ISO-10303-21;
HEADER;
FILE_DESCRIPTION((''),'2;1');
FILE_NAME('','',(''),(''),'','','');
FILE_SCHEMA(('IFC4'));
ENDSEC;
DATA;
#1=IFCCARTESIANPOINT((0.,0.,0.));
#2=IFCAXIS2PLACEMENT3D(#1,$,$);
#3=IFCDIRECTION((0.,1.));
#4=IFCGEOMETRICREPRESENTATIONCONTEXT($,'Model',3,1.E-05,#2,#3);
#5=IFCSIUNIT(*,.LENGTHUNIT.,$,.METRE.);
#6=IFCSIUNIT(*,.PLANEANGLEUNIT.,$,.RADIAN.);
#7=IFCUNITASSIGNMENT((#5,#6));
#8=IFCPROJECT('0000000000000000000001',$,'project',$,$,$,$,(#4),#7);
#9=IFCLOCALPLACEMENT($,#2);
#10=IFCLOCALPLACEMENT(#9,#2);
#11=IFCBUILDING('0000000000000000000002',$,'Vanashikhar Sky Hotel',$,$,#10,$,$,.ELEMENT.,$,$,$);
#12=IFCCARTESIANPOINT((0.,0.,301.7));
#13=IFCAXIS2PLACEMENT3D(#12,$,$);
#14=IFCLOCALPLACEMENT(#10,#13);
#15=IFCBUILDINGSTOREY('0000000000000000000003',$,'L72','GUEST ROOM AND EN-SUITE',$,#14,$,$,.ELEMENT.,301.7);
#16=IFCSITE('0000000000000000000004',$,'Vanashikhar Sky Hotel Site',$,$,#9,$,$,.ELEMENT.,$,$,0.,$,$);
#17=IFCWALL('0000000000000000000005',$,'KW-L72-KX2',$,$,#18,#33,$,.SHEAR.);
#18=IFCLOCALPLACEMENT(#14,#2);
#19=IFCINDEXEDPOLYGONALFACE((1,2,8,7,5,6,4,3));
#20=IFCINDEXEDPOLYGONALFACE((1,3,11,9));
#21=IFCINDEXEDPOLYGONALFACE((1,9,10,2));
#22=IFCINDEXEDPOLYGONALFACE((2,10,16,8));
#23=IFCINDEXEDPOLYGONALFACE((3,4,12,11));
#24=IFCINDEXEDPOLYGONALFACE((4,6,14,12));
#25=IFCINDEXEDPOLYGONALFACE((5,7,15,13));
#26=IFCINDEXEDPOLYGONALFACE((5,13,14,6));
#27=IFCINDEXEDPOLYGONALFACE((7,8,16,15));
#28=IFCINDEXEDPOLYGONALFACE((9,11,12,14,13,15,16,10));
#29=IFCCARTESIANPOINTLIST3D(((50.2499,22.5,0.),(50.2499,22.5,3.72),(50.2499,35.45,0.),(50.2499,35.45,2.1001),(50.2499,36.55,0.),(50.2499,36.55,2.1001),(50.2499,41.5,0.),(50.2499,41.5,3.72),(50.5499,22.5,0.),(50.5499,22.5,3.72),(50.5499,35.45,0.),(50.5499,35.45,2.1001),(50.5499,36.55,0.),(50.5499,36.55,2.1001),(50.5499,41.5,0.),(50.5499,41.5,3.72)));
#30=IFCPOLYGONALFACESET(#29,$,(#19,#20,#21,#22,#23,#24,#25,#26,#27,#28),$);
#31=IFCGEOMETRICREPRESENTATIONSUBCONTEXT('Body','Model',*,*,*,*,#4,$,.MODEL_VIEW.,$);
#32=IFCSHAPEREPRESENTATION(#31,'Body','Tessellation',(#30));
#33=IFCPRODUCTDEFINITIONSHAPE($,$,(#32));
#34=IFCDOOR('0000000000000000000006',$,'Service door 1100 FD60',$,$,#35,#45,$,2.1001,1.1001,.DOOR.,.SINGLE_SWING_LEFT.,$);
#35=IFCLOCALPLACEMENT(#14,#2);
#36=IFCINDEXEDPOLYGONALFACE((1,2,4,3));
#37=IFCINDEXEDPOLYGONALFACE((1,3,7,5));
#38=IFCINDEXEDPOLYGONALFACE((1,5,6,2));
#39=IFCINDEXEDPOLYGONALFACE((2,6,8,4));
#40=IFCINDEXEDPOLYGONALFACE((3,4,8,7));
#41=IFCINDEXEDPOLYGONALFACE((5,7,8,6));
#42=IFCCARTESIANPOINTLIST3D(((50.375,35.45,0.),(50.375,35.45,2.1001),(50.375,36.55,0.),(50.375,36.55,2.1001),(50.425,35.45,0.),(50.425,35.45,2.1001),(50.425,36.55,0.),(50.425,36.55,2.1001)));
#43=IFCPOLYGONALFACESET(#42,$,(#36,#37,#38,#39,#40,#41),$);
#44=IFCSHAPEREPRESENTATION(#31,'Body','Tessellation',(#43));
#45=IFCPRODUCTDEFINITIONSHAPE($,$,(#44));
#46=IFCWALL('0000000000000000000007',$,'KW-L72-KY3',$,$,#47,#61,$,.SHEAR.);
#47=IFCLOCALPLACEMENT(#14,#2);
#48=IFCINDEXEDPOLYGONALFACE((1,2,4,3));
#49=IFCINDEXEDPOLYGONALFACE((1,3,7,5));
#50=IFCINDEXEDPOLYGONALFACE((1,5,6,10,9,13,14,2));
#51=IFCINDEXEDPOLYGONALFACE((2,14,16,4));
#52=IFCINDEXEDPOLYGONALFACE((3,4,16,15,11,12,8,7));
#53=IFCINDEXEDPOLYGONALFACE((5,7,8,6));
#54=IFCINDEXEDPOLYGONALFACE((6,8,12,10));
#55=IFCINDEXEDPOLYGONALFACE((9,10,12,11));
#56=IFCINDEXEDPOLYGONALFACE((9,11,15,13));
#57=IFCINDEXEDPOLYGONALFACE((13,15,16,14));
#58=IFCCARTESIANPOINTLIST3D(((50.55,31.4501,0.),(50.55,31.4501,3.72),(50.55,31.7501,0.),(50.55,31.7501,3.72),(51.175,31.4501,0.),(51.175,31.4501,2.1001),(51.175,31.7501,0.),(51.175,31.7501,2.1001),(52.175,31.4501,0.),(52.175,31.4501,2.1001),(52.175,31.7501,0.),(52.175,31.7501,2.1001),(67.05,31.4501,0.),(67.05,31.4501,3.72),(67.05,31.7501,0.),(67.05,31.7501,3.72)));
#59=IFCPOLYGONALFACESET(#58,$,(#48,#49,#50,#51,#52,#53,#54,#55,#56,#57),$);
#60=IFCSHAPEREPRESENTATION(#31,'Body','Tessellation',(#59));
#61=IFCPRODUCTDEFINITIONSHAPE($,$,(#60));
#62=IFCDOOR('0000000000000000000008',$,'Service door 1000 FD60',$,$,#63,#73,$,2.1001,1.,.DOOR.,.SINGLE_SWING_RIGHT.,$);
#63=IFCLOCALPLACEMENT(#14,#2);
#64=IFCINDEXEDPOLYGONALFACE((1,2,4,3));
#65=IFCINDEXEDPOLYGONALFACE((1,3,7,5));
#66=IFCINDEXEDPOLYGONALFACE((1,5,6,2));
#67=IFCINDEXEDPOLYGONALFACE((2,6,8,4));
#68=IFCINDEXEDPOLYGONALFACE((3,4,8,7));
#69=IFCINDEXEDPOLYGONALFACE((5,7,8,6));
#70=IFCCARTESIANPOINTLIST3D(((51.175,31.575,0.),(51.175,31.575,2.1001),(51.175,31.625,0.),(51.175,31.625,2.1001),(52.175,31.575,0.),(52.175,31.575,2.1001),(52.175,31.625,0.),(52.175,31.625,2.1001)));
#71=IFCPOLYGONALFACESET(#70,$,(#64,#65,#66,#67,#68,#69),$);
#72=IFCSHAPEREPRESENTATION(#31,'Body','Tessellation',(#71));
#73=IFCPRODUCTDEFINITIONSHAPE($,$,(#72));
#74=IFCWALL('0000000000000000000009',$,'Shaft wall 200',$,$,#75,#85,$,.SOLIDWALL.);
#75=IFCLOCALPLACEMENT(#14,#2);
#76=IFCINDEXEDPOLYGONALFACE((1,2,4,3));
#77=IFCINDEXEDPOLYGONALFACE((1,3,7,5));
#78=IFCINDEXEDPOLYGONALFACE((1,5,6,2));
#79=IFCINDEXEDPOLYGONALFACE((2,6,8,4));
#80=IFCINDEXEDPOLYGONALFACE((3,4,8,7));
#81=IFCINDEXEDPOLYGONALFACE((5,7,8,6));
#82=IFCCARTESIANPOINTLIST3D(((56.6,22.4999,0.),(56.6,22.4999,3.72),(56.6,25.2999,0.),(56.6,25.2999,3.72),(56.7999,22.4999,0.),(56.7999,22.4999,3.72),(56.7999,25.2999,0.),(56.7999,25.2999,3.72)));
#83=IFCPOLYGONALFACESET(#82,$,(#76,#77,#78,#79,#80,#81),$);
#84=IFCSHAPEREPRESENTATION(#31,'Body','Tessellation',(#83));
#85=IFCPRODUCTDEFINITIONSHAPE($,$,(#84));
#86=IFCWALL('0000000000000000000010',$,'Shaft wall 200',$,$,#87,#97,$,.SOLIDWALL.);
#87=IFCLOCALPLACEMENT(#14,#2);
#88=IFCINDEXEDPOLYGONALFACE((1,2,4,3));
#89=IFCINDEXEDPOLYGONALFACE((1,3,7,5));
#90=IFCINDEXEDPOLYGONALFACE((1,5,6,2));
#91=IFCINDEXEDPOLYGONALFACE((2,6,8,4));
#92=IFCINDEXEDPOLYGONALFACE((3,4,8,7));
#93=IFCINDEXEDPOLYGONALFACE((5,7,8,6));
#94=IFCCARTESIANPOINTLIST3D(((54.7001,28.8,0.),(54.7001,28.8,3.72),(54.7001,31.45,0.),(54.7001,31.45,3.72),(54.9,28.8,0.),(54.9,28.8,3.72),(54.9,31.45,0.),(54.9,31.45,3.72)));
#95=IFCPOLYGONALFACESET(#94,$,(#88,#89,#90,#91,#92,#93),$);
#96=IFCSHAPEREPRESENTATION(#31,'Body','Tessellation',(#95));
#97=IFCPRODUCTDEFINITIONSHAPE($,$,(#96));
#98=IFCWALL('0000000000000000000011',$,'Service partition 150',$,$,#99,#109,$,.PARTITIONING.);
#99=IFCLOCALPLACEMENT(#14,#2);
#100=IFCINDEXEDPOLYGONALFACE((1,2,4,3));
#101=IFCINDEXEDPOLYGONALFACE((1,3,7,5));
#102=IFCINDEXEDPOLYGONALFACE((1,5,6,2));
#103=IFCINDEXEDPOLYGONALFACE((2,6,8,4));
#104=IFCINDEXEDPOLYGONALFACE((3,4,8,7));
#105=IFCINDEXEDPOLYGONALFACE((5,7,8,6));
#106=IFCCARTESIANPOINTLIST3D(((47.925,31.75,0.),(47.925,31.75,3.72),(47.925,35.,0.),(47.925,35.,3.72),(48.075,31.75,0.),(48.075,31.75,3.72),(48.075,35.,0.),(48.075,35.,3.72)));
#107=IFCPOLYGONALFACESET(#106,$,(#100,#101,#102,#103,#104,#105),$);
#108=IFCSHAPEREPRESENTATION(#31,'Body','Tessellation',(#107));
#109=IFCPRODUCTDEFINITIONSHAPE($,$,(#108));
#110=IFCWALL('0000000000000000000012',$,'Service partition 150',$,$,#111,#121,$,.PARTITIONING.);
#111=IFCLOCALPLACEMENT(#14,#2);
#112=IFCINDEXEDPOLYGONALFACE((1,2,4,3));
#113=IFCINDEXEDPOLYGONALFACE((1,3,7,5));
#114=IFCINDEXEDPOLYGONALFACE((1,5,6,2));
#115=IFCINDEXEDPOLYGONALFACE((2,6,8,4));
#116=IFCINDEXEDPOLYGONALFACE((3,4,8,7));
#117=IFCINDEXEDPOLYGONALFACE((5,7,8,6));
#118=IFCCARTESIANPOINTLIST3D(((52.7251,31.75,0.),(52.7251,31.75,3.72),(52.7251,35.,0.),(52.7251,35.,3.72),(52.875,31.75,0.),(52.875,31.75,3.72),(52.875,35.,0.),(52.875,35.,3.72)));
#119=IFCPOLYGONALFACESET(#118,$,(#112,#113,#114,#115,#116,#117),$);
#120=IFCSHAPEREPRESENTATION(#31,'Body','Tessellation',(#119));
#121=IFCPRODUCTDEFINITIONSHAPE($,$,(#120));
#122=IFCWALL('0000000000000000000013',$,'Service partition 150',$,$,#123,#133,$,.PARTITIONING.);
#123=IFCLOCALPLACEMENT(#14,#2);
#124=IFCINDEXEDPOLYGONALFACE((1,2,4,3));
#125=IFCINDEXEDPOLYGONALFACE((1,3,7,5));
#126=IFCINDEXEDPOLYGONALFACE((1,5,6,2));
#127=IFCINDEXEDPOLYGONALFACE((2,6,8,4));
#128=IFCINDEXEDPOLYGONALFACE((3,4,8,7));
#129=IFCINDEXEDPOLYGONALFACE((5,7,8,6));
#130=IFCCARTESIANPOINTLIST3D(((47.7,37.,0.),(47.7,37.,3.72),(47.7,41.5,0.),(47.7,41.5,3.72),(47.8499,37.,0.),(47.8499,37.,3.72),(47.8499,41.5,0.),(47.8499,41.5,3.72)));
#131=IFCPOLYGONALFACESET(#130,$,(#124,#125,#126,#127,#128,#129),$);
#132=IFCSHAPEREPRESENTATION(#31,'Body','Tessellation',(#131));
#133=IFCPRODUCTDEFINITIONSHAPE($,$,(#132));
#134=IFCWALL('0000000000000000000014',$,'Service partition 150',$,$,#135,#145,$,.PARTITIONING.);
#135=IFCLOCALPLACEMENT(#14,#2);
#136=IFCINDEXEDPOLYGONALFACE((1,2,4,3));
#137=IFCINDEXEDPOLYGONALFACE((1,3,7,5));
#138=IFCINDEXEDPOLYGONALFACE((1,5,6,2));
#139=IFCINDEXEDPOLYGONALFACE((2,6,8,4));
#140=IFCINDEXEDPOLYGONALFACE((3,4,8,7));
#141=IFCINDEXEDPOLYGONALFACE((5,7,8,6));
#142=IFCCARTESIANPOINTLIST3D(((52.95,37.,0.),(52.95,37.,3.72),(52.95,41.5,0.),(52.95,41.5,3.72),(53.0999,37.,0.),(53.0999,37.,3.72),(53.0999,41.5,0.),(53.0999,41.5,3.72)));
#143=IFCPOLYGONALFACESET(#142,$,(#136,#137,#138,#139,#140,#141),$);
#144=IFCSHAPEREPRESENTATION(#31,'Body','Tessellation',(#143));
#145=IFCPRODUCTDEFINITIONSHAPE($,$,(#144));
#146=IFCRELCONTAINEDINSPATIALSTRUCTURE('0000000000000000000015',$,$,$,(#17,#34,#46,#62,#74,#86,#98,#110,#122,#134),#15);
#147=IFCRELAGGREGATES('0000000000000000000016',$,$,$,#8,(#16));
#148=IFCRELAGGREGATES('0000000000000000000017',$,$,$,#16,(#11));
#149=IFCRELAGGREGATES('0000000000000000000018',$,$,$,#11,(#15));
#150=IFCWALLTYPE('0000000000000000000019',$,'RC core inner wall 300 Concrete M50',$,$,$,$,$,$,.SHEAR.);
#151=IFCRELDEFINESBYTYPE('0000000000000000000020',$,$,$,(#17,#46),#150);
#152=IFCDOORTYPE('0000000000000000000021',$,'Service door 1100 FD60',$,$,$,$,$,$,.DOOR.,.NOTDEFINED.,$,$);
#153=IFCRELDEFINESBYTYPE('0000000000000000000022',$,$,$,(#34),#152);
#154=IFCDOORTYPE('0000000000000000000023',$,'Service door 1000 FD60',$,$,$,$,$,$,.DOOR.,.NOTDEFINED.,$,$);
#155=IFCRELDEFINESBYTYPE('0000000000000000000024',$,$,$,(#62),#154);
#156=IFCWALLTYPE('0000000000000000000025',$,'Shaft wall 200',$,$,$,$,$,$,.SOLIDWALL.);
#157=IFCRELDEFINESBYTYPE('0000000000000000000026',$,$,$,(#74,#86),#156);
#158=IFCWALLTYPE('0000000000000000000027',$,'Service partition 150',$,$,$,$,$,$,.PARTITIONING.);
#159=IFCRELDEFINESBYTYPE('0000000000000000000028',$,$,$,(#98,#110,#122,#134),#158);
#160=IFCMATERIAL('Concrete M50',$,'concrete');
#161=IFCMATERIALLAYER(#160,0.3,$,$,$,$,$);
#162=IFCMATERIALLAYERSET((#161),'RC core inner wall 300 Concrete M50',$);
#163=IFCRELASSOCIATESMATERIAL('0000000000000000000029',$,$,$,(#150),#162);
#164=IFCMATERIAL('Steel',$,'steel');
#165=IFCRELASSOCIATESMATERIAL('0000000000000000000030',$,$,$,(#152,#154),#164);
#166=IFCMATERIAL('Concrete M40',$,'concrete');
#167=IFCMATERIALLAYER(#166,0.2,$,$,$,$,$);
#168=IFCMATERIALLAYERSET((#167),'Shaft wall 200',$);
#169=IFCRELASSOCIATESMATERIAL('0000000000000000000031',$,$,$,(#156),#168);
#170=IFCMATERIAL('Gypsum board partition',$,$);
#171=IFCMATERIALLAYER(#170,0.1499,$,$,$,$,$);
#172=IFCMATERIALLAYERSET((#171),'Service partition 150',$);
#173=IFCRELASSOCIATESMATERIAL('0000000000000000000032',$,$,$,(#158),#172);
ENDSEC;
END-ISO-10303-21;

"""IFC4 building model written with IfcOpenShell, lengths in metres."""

from ifc_helpers import new_model, si_unit, direction, frame, frame_2d, origin, place, context, subcontext, project, spatial, rectangle, extrude, source, transform, mapped, material, layer, layer_set, type_object, element, fill, save


model = new_model("IFC4")

# Units and contexts
model_context = context("Model", 3, precision=1e-05, world=origin(), true_north=direction((0.0, 1.0)))
body_context = subcontext(model_context, "Body", "Model", "MODEL_VIEW")
ifc_project = project(units=[si_unit("LENGTHUNIT", "METRE"), si_unit("PLANEANGLEUNIT", "RADIAN")], contexts=[model_context])

# Site, building, storey
site_placement = place(None, origin())
site = spatial("IfcSite", under=ifc_project, at=site_placement, Name="Vanashikhar Sky Hotel Site", CompositionType="ELEMENT", RefElevation=0.0)
building_placement = place(site_placement, origin())
building = spatial("IfcBuilding", under=site, at=building_placement, Name="Vanashikhar Sky Hotel", CompositionType="ELEMENT")
storey_placement = place(building_placement, frame((0.0, 0.0, 301.7)))
storey = spatial("IfcBuildingStorey", under=building, at=storey_placement, Name="L72", Description="GUEST ROOM AND EN-SUITE", CompositionType="ELEMENT", Elevation=301.7)

# Walls, openings, doors
ifc_material_1 = material(Name="Concrete M50", Category="concrete")
ifc_layer_1 = layer(ifc_material_1, 0.3)
ifc_layer_set_1 = layer_set([ifc_layer_1], Name="RC core inner wall 300 Concrete M50")
wall_type_1 = type_object("IfcWallType", Name="RC core inner wall 300 Concrete M50", PredefinedType="SHEAR", material=ifc_layer_set_1)
shared_shape_1 = source(origin(), body_context, "Body", "SweptSolid", [
    extrude(rectangle(XDim=19.0, YDim=0.3, at=frame_2d((9.5, 0.0))), origin(), (0.0, 0.0, 1.0), 3.72),
])
wall_1_placement = place(storey_placement, frame((50.3999, 22.5, 0.0), z_axis=(0.0, 0.0, 1.0), x_axis=(0.0, 1.0, 0.0)))
wall_1 = element("IfcWall", 1, at=wall_1_placement, inside=storey, type_object=wall_type_1, Name="KW-L72-KX2", PredefinedType="SHEAR", context=body_context, shape_type="MappedRepresentation", body=[
    mapped(shared_shape_1, transform((0.0, 0.0, 0.0), scale=1.0)),
])
shared_shape_2 = source(origin(), body_context, "Body", "SweptSolid", [
    extrude(rectangle(XDim=1.1001, YDim=2.1001, at=frame_2d((0.55, 1.05))), frame((0.0, 0.1602, 0.0), z_axis=(0.0, -1.0, 0.0), x_axis=(1.0, 0.0, 0.0)), (0.0, 0.0, 1.0), 0.3201),
])
opening_1_placement = place(wall_1_placement, frame((12.95, 0.0, 0.0)))
opening_1 = element("IfcOpeningElement", 2, at=opening_1_placement, cuts=wall_1, PredefinedType="OPENING", context=body_context, shape_type="MappedRepresentation", body=[
    mapped(shared_shape_2, transform((0.0, 0.0, 0.0), scale=1.0)),
])
ifc_material_2 = material(Name="Steel", Category="steel")
door_type_1 = type_object("IfcDoorType", Name="Service door 1100 FD60", OperationType="NOTDEFINED", PredefinedType="DOOR", material=ifc_material_2)
shared_shape_3 = source(origin(), body_context, "Body", "SweptSolid", [
    extrude(rectangle(XDim=1.1001, YDim=2.1001, at=frame_2d((0.55, 1.05))), frame((0.0, 0.0249, 0.0), z_axis=(0.0, -1.0, 0.0), x_axis=(1.0, 0.0, 0.0)), (0.0, 0.0, 1.0), 0.05),
])
door_1_placement = place(opening_1_placement, origin())
door_1 = element("IfcDoor", 3, at=door_1_placement, inside=storey, type_object=door_type_1, Name="Service door 1100 FD60", OperationType="SINGLE_SWING_LEFT", OverallHeight=2.1001, OverallWidth=1.1001, PredefinedType="DOOR", context=body_context, shape_type="MappedRepresentation", body=[
    mapped(shared_shape_3, transform((0.0, 0.0, 0.0), scale=1.0)),
])
fill(opening_1, door_1)
shared_shape_4 = source(origin(), body_context, "Body", "SweptSolid", [
    extrude(rectangle(XDim=16.5, YDim=0.3, at=frame_2d((8.25, 0.0))), origin(), (0.0, 0.0, 1.0), 3.72),
])
wall_2_placement = place(storey_placement, frame((50.55, 31.6001, 0.0), z_axis=(0.0, 0.0, 1.0), x_axis=(1.0, 0.0, 0.0)))
wall_2 = element("IfcWall", 4, at=wall_2_placement, inside=storey, type_object=wall_type_1, Name="KW-L72-KY3", PredefinedType="SHEAR", context=body_context, shape_type="MappedRepresentation", body=[
    mapped(shared_shape_4, transform((0.0, 0.0, 0.0), scale=1.0)),
])
shared_shape_5 = source(origin(), body_context, "Body", "SweptSolid", [
    extrude(rectangle(XDim=1.0, YDim=2.1001, at=frame_2d((0.5, 1.05))), frame((0.0, 0.1602, 0.0), z_axis=(0.0, -1.0, 0.0), x_axis=(1.0, 0.0, 0.0)), (0.0, 0.0, 1.0), 0.3201),
])
opening_2_placement = place(wall_2_placement, frame((0.625, 0.0, 0.0)))
opening_2 = element("IfcOpeningElement", 5, at=opening_2_placement, cuts=wall_2, PredefinedType="OPENING", context=body_context, shape_type="MappedRepresentation", body=[
    mapped(shared_shape_5, transform((0.0, 0.0, 0.0), scale=1.0)),
])
door_type_2 = type_object("IfcDoorType", Name="Service door 1000 FD60", OperationType="NOTDEFINED", PredefinedType="DOOR", material=ifc_material_2)
shared_shape_6 = source(origin(), body_context, "Body", "SweptSolid", [
    extrude(rectangle(XDim=1.0, YDim=2.1001, at=frame_2d((0.5, 1.05))), frame((0.0, 0.0249, 0.0), z_axis=(0.0, -1.0, 0.0), x_axis=(1.0, 0.0, 0.0)), (0.0, 0.0, 1.0), 0.05),
])
door_2_placement = place(opening_2_placement, origin())
door_2 = element("IfcDoor", 6, at=door_2_placement, inside=storey, type_object=door_type_2, Name="Service door 1000 FD60", OperationType="SINGLE_SWING_RIGHT", OverallHeight=2.1001, OverallWidth=1.0, PredefinedType="DOOR", context=body_context, shape_type="MappedRepresentation", body=[
    mapped(shared_shape_6, transform((0.0, 0.0, 0.0), scale=1.0)),
])
fill(opening_2, door_2)

# Walls
ifc_material_3 = material(Name="Concrete M40", Category="concrete")
ifc_layer_2 = layer(ifc_material_3, 0.2)
ifc_layer_set_2 = layer_set([ifc_layer_2], Name="Shaft wall 200")
wall_type_2 = type_object("IfcWallType", Name="Shaft wall 200", PredefinedType="SOLIDWALL", material=ifc_layer_set_2)
shared_shape_7 = source(origin(), body_context, "Body", "SweptSolid", [
    extrude(rectangle(XDim=2.8, YDim=0.2, at=frame_2d((1.3999, 0.0))), origin(), (0.0, 0.0, 1.0), 3.72),
])
wall_3_placement = place(storey_placement, frame((56.7, 22.5, 0.0), z_axis=(0.0, 0.0, 1.0), x_axis=(0.0, 1.0, 0.0)))
element("IfcWall", 7, at=wall_3_placement, inside=storey, type_object=wall_type_2, Name="Shaft wall 200", PredefinedType="SOLIDWALL", context=body_context, shape_type="MappedRepresentation", body=[
    mapped(shared_shape_7, transform((0.0, 0.0, 0.0), scale=1.0)),
])
shared_shape_8 = source(origin(), body_context, "Body", "SweptSolid", [
    extrude(rectangle(XDim=2.6499, YDim=0.2, at=frame_2d((1.325, 0.0))), origin(), (0.0, 0.0, 1.0), 3.72),
])
wall_4_placement = place(storey_placement, frame((54.8, 28.8, 0.0), z_axis=(0.0, 0.0, 1.0), x_axis=(0.0, 1.0, 0.0)))
element("IfcWall", 8, at=wall_4_placement, inside=storey, type_object=wall_type_2, Name="Shaft wall 200", PredefinedType="SOLIDWALL", context=body_context, shape_type="MappedRepresentation", body=[
    mapped(shared_shape_8, transform((0.0, 0.0, 0.0), scale=1.0)),
])
ifc_material_4 = material(Name="Gypsum board partition")
ifc_layer_3 = layer(ifc_material_4, 0.1499)
ifc_layer_set_3 = layer_set([ifc_layer_3], Name="Service partition 150")
wall_type_3 = type_object("IfcWallType", Name="Service partition 150", PredefinedType="PARTITIONING", material=ifc_layer_set_3)
shared_shape_9 = source(origin(), body_context, "Body", "SweptSolid", [
    extrude(rectangle(XDim=3.25, YDim=0.1499, at=frame_2d((1.625, 0.0))), origin(), (0.0, 0.0, 1.0), 3.72),
])
for number, where, z_axis, x_axis, name in (
    (9, (48.0, 31.75, 0.0), (0.0, 0.0, 1.0), (0.0, 1.0, 0.0), "Service partition 150"),
    (10, (52.8, 31.75, 0.0), (0.0, 0.0, 1.0), (0.0, 1.0, 0.0), "Service partition 150"),
):
    element("IfcWall", number, at=place(storey_placement, frame(where, z_axis=z_axis, x_axis=x_axis)), inside=storey, type_object=wall_type_3, Name=name, PredefinedType="PARTITIONING", context=body_context, shape_type="MappedRepresentation", body=[
        mapped(shared_shape_9, transform((0.0, 0.0, 0.0), scale=1.0)),
    ])
shared_shape_10 = source(origin(), body_context, "Body", "SweptSolid", [
    extrude(rectangle(XDim=4.5, YDim=0.1499, at=frame_2d((2.25, 0.0))), origin(), (0.0, 0.0, 1.0), 3.72),
])
for number, where, z_axis, x_axis, name in (
    (11, (47.7749, 37.0, 0.0), (0.0, 0.0, 1.0), (0.0, 1.0, 0.0), "Service partition 150"),
    (12, (53.0249, 37.0, 0.0), (0.0, 0.0, 1.0), (0.0, 1.0, 0.0), "Service partition 150"),
):
    element("IfcWall", number, at=place(storey_placement, frame(where, z_axis=z_axis, x_axis=x_axis)), inside=storey, type_object=wall_type_3, Name=name, PredefinedType="PARTITIONING", context=body_context, shape_type="MappedRepresentation", body=[
        mapped(shared_shape_10, transform((0.0, 0.0, 0.0), scale=1.0)),
    ])

save(model, "model.ifc")
